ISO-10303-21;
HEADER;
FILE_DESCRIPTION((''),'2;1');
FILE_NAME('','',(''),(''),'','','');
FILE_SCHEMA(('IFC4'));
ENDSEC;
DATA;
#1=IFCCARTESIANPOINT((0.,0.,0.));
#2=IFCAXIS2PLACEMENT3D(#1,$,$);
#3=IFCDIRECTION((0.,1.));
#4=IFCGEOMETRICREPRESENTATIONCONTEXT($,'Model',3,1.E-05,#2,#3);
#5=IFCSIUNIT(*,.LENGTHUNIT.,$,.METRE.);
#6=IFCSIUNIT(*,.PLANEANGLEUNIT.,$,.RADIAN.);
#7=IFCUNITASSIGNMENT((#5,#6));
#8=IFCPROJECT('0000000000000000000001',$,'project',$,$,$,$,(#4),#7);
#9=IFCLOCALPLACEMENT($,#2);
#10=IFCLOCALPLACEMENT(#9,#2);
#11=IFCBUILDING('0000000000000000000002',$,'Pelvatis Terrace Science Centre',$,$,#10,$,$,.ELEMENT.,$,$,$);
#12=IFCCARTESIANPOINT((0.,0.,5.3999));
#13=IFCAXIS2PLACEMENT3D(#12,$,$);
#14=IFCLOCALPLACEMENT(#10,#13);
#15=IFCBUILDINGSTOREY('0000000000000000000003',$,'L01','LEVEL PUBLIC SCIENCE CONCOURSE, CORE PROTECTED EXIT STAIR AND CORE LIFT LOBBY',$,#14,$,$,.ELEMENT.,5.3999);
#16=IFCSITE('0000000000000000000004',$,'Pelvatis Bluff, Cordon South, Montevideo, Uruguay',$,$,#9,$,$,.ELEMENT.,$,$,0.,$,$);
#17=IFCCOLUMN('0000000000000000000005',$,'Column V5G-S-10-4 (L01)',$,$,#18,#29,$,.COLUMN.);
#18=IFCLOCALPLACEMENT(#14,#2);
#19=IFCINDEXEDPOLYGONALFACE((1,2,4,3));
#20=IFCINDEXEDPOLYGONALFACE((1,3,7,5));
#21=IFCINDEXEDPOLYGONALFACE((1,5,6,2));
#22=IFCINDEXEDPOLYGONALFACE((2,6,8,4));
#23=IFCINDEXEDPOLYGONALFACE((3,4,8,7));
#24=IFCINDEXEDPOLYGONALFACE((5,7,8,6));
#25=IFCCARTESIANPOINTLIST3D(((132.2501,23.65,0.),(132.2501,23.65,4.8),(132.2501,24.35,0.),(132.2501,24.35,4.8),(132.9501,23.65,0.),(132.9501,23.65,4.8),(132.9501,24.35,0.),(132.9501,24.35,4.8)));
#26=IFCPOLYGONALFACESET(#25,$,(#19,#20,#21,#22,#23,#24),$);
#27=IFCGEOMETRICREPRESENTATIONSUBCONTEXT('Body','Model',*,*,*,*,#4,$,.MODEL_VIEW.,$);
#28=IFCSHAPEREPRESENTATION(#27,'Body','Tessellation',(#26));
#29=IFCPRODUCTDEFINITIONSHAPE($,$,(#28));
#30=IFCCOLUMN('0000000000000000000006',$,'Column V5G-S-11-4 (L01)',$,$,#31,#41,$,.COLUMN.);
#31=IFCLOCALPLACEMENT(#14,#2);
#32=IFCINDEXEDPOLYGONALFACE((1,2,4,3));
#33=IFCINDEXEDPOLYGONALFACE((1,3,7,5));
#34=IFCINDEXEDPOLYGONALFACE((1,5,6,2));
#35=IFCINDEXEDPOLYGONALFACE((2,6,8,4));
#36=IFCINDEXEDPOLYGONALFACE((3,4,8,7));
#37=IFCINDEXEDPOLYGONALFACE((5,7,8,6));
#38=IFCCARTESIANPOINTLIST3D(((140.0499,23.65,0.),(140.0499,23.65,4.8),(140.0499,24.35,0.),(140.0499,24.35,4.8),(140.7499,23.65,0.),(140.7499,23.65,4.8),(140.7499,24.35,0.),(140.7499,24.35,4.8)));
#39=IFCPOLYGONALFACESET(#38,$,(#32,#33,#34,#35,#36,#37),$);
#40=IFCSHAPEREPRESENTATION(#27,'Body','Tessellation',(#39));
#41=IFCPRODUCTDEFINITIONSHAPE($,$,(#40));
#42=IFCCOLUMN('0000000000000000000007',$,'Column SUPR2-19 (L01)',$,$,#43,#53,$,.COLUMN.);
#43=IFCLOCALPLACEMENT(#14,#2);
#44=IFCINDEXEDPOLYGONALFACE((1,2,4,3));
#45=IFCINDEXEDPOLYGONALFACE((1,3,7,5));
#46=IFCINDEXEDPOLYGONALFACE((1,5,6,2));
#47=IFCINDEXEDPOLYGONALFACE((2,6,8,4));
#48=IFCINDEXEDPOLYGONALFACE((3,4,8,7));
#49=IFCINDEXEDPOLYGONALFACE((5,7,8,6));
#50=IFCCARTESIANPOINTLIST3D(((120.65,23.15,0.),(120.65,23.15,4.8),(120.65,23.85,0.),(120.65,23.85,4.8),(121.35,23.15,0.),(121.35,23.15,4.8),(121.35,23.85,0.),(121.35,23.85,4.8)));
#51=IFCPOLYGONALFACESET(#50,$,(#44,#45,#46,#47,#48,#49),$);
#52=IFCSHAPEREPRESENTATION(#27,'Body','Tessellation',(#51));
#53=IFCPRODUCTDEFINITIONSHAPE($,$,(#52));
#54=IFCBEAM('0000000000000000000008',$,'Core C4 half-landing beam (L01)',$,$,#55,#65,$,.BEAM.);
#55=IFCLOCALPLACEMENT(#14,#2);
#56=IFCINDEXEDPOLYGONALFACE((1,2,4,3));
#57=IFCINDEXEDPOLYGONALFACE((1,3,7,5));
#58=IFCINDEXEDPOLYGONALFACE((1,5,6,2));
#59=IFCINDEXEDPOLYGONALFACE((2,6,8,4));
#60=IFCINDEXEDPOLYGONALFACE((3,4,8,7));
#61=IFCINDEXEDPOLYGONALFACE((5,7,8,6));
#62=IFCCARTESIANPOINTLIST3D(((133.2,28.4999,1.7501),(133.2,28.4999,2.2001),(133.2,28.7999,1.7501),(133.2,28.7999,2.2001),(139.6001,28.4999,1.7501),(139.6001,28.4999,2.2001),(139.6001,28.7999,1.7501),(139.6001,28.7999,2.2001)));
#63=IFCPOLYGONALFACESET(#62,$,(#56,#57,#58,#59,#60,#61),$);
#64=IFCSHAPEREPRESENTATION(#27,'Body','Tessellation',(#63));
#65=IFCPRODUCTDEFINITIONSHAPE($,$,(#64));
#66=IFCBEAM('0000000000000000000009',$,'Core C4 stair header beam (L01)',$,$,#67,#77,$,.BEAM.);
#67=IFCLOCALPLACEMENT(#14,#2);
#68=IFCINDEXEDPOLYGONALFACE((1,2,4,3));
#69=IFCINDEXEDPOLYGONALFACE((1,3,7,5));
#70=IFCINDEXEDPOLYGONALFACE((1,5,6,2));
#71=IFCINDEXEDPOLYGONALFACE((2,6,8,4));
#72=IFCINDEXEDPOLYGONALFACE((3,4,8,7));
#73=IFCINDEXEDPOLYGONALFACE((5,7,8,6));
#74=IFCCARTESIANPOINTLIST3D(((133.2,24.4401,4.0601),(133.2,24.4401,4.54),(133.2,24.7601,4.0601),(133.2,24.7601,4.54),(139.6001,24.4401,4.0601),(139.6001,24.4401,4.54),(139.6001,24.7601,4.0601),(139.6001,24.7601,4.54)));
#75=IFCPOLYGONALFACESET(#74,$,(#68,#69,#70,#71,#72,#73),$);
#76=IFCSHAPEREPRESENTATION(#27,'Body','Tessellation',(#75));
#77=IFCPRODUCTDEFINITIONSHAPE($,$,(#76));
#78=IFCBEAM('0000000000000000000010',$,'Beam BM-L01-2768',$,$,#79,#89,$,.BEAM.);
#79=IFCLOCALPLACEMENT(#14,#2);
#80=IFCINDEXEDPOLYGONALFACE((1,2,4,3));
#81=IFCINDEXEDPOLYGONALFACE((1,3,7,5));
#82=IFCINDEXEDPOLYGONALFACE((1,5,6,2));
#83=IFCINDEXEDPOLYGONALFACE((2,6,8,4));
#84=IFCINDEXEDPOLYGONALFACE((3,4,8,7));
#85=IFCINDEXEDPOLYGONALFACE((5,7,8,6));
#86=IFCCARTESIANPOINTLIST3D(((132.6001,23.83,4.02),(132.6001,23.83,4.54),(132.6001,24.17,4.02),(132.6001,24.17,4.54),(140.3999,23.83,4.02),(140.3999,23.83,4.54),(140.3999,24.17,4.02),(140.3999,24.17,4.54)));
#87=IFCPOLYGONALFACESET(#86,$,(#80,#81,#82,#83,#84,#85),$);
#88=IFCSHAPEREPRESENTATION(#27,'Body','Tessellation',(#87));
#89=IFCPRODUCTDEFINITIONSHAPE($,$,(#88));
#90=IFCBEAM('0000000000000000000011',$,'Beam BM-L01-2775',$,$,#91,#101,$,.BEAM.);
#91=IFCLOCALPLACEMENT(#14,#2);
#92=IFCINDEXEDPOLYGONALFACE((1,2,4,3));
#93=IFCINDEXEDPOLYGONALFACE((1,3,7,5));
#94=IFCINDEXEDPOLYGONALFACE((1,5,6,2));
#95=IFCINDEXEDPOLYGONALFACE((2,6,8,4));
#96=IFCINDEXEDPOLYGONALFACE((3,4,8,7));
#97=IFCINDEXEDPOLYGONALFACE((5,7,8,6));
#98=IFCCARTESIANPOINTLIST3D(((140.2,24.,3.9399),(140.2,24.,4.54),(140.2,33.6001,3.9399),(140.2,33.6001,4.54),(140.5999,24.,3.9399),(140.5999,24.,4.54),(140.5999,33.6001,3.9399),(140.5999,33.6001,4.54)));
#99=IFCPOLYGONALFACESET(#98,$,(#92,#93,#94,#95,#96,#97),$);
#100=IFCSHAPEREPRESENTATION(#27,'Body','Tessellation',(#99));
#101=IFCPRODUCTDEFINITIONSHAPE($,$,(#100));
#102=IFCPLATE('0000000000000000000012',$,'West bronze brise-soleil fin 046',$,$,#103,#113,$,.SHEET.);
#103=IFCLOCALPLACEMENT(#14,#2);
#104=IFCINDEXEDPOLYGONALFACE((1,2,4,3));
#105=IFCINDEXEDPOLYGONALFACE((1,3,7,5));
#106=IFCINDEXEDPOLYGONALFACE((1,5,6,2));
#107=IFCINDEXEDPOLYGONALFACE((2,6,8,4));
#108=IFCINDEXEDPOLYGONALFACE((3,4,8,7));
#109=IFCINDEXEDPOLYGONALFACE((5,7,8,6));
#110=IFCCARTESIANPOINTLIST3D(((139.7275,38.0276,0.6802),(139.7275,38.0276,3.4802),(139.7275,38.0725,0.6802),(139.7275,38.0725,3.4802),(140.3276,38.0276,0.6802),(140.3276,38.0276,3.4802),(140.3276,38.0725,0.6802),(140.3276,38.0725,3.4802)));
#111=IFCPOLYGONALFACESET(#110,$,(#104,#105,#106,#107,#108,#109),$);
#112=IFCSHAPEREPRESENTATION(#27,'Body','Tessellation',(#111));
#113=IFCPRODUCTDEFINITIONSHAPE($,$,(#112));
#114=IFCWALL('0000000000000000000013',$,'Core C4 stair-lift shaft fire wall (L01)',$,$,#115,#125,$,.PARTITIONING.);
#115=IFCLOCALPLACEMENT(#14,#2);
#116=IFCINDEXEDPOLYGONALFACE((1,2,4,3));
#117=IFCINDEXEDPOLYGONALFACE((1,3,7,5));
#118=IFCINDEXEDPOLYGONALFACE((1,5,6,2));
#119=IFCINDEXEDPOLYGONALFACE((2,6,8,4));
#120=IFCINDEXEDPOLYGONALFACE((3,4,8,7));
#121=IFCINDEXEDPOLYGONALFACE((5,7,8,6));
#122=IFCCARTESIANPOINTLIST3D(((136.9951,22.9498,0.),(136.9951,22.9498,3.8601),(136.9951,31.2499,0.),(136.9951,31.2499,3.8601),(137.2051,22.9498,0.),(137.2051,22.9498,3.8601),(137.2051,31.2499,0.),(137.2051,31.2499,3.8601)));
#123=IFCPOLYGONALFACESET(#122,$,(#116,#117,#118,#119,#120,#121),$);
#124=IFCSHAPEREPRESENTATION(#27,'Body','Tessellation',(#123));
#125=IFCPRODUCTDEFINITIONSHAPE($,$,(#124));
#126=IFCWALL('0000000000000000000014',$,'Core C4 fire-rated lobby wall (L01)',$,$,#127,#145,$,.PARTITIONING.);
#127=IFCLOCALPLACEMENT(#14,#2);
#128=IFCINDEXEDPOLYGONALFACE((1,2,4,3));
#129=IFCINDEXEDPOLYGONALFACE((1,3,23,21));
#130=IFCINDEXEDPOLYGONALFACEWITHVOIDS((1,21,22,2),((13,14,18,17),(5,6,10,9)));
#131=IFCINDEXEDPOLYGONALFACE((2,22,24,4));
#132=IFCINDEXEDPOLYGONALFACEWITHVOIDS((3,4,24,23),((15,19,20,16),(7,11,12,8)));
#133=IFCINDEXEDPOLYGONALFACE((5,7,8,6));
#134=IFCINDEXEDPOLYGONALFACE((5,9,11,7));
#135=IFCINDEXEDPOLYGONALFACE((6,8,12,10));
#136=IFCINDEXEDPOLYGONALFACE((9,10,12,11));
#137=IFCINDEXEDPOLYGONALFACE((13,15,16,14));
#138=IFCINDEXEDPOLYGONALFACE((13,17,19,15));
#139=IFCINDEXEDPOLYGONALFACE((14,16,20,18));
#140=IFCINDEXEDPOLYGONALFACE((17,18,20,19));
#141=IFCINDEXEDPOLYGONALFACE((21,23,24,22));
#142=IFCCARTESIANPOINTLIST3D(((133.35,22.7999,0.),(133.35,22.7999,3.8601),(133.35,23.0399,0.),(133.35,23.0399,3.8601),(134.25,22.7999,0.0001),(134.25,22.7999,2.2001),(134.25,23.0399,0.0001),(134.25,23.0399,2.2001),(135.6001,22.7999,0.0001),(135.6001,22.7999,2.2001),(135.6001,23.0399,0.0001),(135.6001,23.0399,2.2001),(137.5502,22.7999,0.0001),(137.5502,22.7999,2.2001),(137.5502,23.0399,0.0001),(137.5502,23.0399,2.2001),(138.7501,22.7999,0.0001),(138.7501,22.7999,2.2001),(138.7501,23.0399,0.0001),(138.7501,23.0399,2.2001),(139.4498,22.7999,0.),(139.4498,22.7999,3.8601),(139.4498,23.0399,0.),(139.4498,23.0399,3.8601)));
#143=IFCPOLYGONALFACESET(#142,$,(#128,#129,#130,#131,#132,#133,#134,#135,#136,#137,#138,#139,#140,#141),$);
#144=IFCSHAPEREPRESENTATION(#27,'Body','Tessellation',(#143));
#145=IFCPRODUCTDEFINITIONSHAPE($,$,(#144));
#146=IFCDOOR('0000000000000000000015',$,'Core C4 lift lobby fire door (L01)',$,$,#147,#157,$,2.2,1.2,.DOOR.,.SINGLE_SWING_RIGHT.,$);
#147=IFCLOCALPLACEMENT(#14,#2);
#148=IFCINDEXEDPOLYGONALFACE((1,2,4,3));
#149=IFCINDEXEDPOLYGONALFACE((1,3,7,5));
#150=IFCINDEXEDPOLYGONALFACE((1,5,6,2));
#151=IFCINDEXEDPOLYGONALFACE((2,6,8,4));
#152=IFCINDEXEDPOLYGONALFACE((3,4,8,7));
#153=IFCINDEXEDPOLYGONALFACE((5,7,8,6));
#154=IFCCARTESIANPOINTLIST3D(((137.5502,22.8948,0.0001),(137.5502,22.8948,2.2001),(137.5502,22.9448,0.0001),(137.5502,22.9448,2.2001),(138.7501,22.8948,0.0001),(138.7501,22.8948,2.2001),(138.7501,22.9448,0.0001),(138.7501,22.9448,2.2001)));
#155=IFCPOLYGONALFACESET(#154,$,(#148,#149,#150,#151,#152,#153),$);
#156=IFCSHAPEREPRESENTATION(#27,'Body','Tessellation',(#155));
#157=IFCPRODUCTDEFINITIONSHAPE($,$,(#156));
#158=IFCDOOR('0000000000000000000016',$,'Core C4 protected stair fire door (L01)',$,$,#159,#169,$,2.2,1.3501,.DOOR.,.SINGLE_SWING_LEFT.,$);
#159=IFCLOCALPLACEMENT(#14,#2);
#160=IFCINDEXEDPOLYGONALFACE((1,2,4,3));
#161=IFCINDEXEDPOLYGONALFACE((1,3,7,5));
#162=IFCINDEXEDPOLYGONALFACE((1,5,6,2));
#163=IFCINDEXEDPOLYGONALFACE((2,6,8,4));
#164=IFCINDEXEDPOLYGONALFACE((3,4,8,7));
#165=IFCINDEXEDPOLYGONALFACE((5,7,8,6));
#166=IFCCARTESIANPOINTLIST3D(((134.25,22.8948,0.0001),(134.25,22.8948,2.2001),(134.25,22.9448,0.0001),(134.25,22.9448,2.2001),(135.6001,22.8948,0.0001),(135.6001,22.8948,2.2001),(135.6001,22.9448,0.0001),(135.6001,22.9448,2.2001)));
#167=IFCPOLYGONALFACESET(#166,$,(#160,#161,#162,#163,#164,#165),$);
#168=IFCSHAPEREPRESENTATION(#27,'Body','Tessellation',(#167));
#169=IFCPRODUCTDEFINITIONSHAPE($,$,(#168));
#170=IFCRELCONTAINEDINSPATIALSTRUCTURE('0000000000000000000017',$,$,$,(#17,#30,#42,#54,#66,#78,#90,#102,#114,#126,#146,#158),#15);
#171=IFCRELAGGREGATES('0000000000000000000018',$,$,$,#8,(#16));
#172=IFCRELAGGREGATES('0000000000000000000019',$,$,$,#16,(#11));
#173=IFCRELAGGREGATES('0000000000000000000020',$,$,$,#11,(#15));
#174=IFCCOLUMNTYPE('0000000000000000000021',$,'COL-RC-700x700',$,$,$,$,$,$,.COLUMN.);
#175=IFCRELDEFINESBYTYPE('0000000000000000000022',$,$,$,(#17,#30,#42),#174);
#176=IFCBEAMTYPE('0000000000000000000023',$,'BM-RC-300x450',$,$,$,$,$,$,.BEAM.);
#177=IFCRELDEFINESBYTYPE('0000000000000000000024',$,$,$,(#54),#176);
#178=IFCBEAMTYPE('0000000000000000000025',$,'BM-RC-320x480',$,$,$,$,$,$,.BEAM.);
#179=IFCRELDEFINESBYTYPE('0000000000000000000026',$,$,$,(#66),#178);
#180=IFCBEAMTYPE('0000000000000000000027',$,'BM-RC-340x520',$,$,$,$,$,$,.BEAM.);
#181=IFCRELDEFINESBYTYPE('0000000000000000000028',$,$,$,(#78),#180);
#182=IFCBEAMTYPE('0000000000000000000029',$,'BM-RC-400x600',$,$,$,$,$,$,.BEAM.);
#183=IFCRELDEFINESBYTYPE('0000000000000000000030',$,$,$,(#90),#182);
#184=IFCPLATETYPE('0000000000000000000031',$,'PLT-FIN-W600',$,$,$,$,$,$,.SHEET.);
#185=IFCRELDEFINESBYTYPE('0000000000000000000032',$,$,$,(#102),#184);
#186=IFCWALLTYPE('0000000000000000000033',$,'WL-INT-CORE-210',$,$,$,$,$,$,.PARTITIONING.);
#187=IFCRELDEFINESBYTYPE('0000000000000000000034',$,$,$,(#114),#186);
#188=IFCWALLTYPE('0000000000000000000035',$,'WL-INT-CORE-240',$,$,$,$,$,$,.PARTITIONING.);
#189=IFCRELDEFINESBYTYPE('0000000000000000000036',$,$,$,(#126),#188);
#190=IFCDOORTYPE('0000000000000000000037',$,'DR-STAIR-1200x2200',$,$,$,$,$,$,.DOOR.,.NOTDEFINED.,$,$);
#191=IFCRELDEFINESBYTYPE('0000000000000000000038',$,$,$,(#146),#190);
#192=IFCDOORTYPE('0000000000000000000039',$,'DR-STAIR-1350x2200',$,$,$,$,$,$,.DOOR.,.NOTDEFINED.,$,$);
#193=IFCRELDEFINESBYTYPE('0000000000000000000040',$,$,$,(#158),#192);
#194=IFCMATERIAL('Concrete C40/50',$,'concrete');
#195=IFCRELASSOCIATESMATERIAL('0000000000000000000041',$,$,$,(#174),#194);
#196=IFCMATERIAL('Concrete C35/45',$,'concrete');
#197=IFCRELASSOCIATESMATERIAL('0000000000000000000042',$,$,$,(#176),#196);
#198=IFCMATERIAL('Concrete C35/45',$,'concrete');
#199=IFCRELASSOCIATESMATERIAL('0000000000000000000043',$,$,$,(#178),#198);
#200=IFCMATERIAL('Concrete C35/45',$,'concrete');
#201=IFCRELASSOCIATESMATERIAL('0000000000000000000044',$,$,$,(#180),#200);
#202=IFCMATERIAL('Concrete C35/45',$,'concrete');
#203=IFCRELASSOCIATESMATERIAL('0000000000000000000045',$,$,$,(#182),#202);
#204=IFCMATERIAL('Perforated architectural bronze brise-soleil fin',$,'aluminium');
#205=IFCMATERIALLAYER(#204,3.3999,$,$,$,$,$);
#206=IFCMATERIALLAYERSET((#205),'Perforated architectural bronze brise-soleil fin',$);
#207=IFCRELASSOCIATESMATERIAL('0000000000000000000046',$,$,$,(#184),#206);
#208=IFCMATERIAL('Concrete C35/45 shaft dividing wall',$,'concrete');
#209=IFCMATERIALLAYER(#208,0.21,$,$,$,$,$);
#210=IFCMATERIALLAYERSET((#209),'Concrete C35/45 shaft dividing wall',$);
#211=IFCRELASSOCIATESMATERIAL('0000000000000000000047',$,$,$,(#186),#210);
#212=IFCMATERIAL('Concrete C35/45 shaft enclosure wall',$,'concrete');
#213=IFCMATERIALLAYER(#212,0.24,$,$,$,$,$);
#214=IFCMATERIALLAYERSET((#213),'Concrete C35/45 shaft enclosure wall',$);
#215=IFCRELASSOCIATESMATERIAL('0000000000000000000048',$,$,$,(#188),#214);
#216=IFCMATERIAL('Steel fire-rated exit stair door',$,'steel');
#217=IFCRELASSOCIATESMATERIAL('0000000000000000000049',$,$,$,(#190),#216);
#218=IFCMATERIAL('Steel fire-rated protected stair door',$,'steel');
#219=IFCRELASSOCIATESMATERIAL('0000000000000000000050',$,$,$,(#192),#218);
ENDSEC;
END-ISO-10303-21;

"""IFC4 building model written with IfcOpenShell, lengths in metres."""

from ifc_helpers import new_model, si_unit, direction, frame, frame_2d, origin, origin_2d, place, context, subcontext, project, spatial, rectangle, extrude, material, layer, layer_set, material_profile, profile_set, type_object, element, fill, save


model = new_model("IFC4")

# Units and contexts
model_context = context("Model", 3, precision=1e-05, world=origin(), true_north=direction((0.0, 1.0)))
body_context = subcontext(model_context, "Body", "Model", "MODEL_VIEW")
ifc_project = project(units=[si_unit("LENGTHUNIT", "METRE"), si_unit("PLANEANGLEUNIT", "RADIAN")], contexts=[model_context])

# Site, building, storey
site_placement = place(None, origin())
site = spatial("IfcSite", under=ifc_project, at=site_placement, Name="Pelvatis Bluff, Cordon South, Montevideo, Uruguay", CompositionType="ELEMENT", RefElevation=0.0)
building_placement = place(site_placement, origin())
building = spatial("IfcBuilding", under=site, at=building_placement, Name="Pelvatis Terrace Science Centre", CompositionType="ELEMENT")
storey_placement = place(building_placement, frame((0.0, 0.0, 5.3999)))
storey = spatial("IfcBuildingStorey", under=building, at=storey_placement, Name="L01", Description="LEVEL PUBLIC SCIENCE CONCOURSE, CORE PROTECTED EXIT STAIR AND CORE LIFT LOBBY", CompositionType="ELEMENT", Elevation=5.3999)

# Columns
ifc_material_1 = material(Name="Concrete C40/50", Category="concrete")
ifc_material_profile_1 = material_profile(ifc_material_1, rectangle(XDim=0.7, YDim=0.7, at=origin_2d()), Name="RC-COL 700x700")
ifc_profile_set_1 = profile_set([ifc_material_profile_1], Name="Concrete C40/50")
column_type = type_object("IfcColumnType", Name="COL-RC-700x700", PredefinedType="COLUMN", material=ifc_profile_set_1)
for number, where, z_axis, x_axis, name in (
    (1, (132.6001, 24.0, 0.0), (0.0, 0.0, 1.0), (1.0, 0.0, 0.0), "Column V5G-S-10-4 (L01)"),
    (2, (140.3999, 24.0, 0.0), (0.0, 0.0, 1.0), (1.0, 0.0, 0.0), "Column V5G-S-11-4 (L01)"),
    (3, (121.0, 23.5, 0.0), (0.0, 0.0, 1.0), (1.0, 0.0, 0.0), "Column SUPR2-19 (L01)"),
):
    element("IfcColumn", number, at=place(storey_placement, frame(where, z_axis=z_axis, x_axis=x_axis)), inside=storey, type_object=column_type, Name=name, PredefinedType="COLUMN", context=body_context, shape_type="SweptSolid", body=[
        extrude(rectangle(XDim=0.7, YDim=0.7, at=origin_2d()), origin(), (0.0, 0.0, 1.0), 4.8),
    ])

# Beams
ifc_material_2 = material(Name="Concrete C35/45", Category="concrete")
ifc_material_profile_2 = material_profile(ifc_material_2, rectangle(XDim=0.3, YDim=0.45, at=origin_2d()), Name="RC-BM 300x450")
ifc_profile_set_2 = profile_set([ifc_material_profile_2], Name="Concrete C35/45")
beam_type_1 = type_object("IfcBeamType", Name="BM-RC-300x450", PredefinedType="BEAM", material=ifc_profile_set_2)
beam_1_placement = place(storey_placement, frame((133.2, 28.6499, 1.9751), z_axis=(1.0, 0.0, 0.0), x_axis=(0.0, 1.0, 0.0)))
element("IfcBeam", 4, at=beam_1_placement, inside=storey, type_object=beam_type_1, Name="Core C4 half-landing beam (L01)", PredefinedType="BEAM", context=body_context, shape_type="SweptSolid", body=[
    extrude(rectangle(XDim=0.3, YDim=0.45, at=origin_2d()), origin(), (0.0, 0.0, 1.0), 6.4001),
])
ifc_material_3 = material(Name="Concrete C35/45", Category="concrete")
ifc_material_profile_3 = material_profile(ifc_material_3, rectangle(XDim=0.3201, YDim=0.48, at=origin_2d()), Name="RC-BM 320x480")
ifc_profile_set_3 = profile_set([ifc_material_profile_3], Name="Concrete C35/45")
beam_type_2 = type_object("IfcBeamType", Name="BM-RC-320x480", PredefinedType="BEAM", material=ifc_profile_set_3)
beam_2_placement = place(storey_placement, frame((133.2, 24.6001, 4.3), z_axis=(1.0, 0.0, 0.0), x_axis=(0.0, 1.0, 0.0)))
element("IfcBeam", 5, at=beam_2_placement, inside=storey, type_object=beam_type_2, Name="Core C4 stair header beam (L01)", PredefinedType="BEAM", context=body_context, shape_type="SweptSolid", body=[
    extrude(rectangle(XDim=0.3201, YDim=0.48, at=origin_2d()), origin(), (0.0, 0.0, 1.0), 6.4001),
])
ifc_material_4 = material(Name="Concrete C35/45", Category="concrete")
ifc_material_profile_4 = material_profile(ifc_material_4, rectangle(XDim=0.3401, YDim=0.52, at=origin_2d()), Name="RC-BM 340x520")
ifc_profile_set_4 = profile_set([ifc_material_profile_4], Name="Concrete C35/45")
beam_type_3 = type_object("IfcBeamType", Name="BM-RC-340x520", PredefinedType="BEAM", material=ifc_profile_set_4)
beam_3_placement = place(storey_placement, frame((132.6001, 24.0, 4.28), z_axis=(1.0, 0.0, 0.0), x_axis=(0.0, 1.0, 0.0)))
element("IfcBeam", 6, at=beam_3_placement, inside=storey, type_object=beam_type_3, Name="Beam BM-L01-2768", PredefinedType="BEAM", context=body_context, shape_type="SweptSolid", body=[
    extrude(rectangle(XDim=0.3401, YDim=0.52, at=origin_2d()), origin(), (0.0, 0.0, 1.0), 7.7998),
])
ifc_material_5 = material(Name="Concrete C35/45", Category="concrete")
ifc_material_profile_5 = material_profile(ifc_material_5, rectangle(XDim=0.3999, YDim=0.6001, at=origin_2d()), Name="RC-BM 400x600")
ifc_profile_set_5 = profile_set([ifc_material_profile_5], Name="Concrete C35/45")
beam_type_4 = type_object("IfcBeamType", Name="BM-RC-400x600", PredefinedType="BEAM", material=ifc_profile_set_5)
beam_4_placement = place(storey_placement, frame((140.3999, 24.0, 4.24), z_axis=(0.0, 1.0, 0.0), x_axis=(-1.0, 0.0, 0.0)))
element("IfcBeam", 7, at=beam_4_placement, inside=storey, type_object=beam_type_4, Name="Beam BM-L01-2775", PredefinedType="BEAM", context=body_context, shape_type="SweptSolid", body=[
    extrude(rectangle(XDim=0.3999, YDim=0.6001, at=origin_2d()), origin(), (0.0, 0.0, 1.0), 9.6001),
])

# Plate
ifc_material_6 = material(Name="Perforated architectural bronze brise-soleil fin", Category="aluminium")
ifc_layer_1 = layer(ifc_material_6, 3.3999)
ifc_layer_set_1 = layer_set([ifc_layer_1], Name="Perforated architectural bronze brise-soleil fin")
plate_type = type_object("IfcPlateType", Name="PLT-FIN-W600", PredefinedType="SHEET", material=ifc_layer_set_1)
plate_placement = place(storey_placement, frame((140.0276, 38.05, 0.6802), z_axis=(0.0, 0.0, 1.0), x_axis=(1.0, 0.0, 0.0)))
element("IfcPlate", 8, at=plate_placement, inside=storey, type_object=plate_type, Name="West bronze brise-soleil fin 046", PredefinedType="SHEET", context=body_context, shape_type="SweptSolid", body=[
    extrude(rectangle(XDim=0.6001, YDim=0.0449, at=origin_2d()), origin(), (0.0, 0.0, 1.0), 2.8),
])

# Wall
ifc_material_7 = material(Name="Concrete C35/45 shaft dividing wall", Category="concrete")
ifc_layer_2 = layer(ifc_material_7, 0.21)
ifc_layer_set_2 = layer_set([ifc_layer_2], Name="Concrete C35/45 shaft dividing wall")
wall_type_1 = type_object("IfcWallType", Name="WL-INT-CORE-210", PredefinedType="PARTITIONING", material=ifc_layer_set_2)
wall_1_placement = place(storey_placement, frame((137.1001, 22.95, 0.0), z_axis=(0.0, 0.0, 1.0), x_axis=(0.0, 1.0, 0.0)))
element("IfcWall", 9, at=wall_1_placement, inside=storey, type_object=wall_type_1, Name="Core C4 stair-lift shaft fire wall (L01)", PredefinedType="PARTITIONING", context=body_context, shape_type="SweptSolid", body=[
    extrude(rectangle(XDim=8.3, YDim=0.21, at=frame_2d((4.1499, 0.0))), origin(), (0.0, 0.0, 1.0), 3.8601),
])

# Wall, openings, doors
ifc_material_8 = material(Name="Concrete C35/45 shaft enclosure wall", Category="concrete")
ifc_layer_3 = layer(ifc_material_8, 0.24)
ifc_layer_set_3 = layer_set([ifc_layer_3], Name="Concrete C35/45 shaft enclosure wall")
wall_type_2 = type_object("IfcWallType", Name="WL-INT-CORE-240", PredefinedType="PARTITIONING", material=ifc_layer_set_3)
wall_2_placement = place(storey_placement, frame((133.3501, 22.9199, 0.0), z_axis=(0.0, 0.0, 1.0), x_axis=(1.0, 0.0, 0.0)))
wall_2 = element("IfcWall", 10, at=wall_2_placement, inside=storey, type_object=wall_type_2, Name="Core C4 fire-rated lobby wall (L01)", PredefinedType="PARTITIONING", context=body_context, shape_type="SweptSolid", body=[
    extrude(rectangle(XDim=6.0999, YDim=0.24, at=frame_2d((3.0498, 0.0))), origin(), (0.0, 0.0, 1.0), 3.8601),
])
opening_1_placement = place(wall_2_placement, frame((0.8999, 0.0, 0.0)))
opening_1 = element("IfcOpeningElement", 11, at=opening_1_placement, cuts=wall_2, PredefinedType="OPENING", context=body_context, shape_type="SweptSolid", body=[
    extrude(rectangle(XDim=1.3501, YDim=2.2, at=frame_2d((0.675, 1.1001))), frame((0.0, 0.1299, 0.0), z_axis=(0.0, -1.0, 0.0), x_axis=(1.0, 0.0, 0.0)), (0.0, 0.0, 1.0), 0.26),
])
opening_2_placement = place(wall_2_placement, frame((4.2, 0.0, 0.0)))
opening_2 = element("IfcOpeningElement", 12, at=opening_2_placement, cuts=wall_2, PredefinedType="OPENING", context=body_context, shape_type="SweptSolid", body=[
    extrude(rectangle(XDim=1.2, YDim=2.2, at=frame_2d((0.6001, 1.1001))), frame((0.0, 0.1299, 0.0), z_axis=(0.0, -1.0, 0.0), x_axis=(1.0, 0.0, 0.0)), (0.0, 0.0, 1.0), 0.26),
])
ifc_material_9 = material(Name="Steel fire-rated exit stair door", Category="steel")
door_type_1 = type_object("IfcDoorType", Name="DR-STAIR-1200x2200", OperationType="NOTDEFINED", PredefinedType="DOOR", material=ifc_material_9)
door_1_placement = place(opening_2_placement, origin())
door_1 = element("IfcDoor", 13, at=door_1_placement, inside=storey, type_object=door_type_1, Name="Core C4 lift lobby fire door (L01)", OperationType="SINGLE_SWING_RIGHT", OverallHeight=2.2, OverallWidth=1.2, PredefinedType="DOOR", context=body_context, shape_type="SweptSolid", body=[
    extrude(rectangle(XDim=1.2, YDim=2.2, at=frame_2d((0.6001, 1.1001))), frame((0.0, 0.0249, 0.0), z_axis=(0.0, -1.0, 0.0), x_axis=(1.0, 0.0, 0.0)), (0.0, 0.0, 1.0), 0.05),
])
fill(opening_2, door_1)
ifc_material_10 = material(Name="Steel fire-rated protected stair door", Category="steel")
door_type_2 = type_object("IfcDoorType", Name="DR-STAIR-1350x2200", OperationType="NOTDEFINED", PredefinedType="DOOR", material=ifc_material_10)
door_2_placement = place(opening_1_placement, origin())
door_2 = element("IfcDoor", 14, at=door_2_placement, inside=storey, type_object=door_type_2, Name="Core C4 protected stair fire door (L01)", OperationType="SINGLE_SWING_LEFT", OverallHeight=2.2, OverallWidth=1.3501, PredefinedType="DOOR", context=body_context, shape_type="SweptSolid", body=[
    extrude(rectangle(XDim=1.3501, YDim=2.2, at=frame_2d((0.675, 1.1001))), frame((0.0, 0.0249, 0.0), z_axis=(0.0, -1.0, 0.0), x_axis=(1.0, 0.0, 0.0)), (0.0, 0.0, 1.0), 0.05),
])
fill(opening_1, door_2)

save(model, "model.ifc")
